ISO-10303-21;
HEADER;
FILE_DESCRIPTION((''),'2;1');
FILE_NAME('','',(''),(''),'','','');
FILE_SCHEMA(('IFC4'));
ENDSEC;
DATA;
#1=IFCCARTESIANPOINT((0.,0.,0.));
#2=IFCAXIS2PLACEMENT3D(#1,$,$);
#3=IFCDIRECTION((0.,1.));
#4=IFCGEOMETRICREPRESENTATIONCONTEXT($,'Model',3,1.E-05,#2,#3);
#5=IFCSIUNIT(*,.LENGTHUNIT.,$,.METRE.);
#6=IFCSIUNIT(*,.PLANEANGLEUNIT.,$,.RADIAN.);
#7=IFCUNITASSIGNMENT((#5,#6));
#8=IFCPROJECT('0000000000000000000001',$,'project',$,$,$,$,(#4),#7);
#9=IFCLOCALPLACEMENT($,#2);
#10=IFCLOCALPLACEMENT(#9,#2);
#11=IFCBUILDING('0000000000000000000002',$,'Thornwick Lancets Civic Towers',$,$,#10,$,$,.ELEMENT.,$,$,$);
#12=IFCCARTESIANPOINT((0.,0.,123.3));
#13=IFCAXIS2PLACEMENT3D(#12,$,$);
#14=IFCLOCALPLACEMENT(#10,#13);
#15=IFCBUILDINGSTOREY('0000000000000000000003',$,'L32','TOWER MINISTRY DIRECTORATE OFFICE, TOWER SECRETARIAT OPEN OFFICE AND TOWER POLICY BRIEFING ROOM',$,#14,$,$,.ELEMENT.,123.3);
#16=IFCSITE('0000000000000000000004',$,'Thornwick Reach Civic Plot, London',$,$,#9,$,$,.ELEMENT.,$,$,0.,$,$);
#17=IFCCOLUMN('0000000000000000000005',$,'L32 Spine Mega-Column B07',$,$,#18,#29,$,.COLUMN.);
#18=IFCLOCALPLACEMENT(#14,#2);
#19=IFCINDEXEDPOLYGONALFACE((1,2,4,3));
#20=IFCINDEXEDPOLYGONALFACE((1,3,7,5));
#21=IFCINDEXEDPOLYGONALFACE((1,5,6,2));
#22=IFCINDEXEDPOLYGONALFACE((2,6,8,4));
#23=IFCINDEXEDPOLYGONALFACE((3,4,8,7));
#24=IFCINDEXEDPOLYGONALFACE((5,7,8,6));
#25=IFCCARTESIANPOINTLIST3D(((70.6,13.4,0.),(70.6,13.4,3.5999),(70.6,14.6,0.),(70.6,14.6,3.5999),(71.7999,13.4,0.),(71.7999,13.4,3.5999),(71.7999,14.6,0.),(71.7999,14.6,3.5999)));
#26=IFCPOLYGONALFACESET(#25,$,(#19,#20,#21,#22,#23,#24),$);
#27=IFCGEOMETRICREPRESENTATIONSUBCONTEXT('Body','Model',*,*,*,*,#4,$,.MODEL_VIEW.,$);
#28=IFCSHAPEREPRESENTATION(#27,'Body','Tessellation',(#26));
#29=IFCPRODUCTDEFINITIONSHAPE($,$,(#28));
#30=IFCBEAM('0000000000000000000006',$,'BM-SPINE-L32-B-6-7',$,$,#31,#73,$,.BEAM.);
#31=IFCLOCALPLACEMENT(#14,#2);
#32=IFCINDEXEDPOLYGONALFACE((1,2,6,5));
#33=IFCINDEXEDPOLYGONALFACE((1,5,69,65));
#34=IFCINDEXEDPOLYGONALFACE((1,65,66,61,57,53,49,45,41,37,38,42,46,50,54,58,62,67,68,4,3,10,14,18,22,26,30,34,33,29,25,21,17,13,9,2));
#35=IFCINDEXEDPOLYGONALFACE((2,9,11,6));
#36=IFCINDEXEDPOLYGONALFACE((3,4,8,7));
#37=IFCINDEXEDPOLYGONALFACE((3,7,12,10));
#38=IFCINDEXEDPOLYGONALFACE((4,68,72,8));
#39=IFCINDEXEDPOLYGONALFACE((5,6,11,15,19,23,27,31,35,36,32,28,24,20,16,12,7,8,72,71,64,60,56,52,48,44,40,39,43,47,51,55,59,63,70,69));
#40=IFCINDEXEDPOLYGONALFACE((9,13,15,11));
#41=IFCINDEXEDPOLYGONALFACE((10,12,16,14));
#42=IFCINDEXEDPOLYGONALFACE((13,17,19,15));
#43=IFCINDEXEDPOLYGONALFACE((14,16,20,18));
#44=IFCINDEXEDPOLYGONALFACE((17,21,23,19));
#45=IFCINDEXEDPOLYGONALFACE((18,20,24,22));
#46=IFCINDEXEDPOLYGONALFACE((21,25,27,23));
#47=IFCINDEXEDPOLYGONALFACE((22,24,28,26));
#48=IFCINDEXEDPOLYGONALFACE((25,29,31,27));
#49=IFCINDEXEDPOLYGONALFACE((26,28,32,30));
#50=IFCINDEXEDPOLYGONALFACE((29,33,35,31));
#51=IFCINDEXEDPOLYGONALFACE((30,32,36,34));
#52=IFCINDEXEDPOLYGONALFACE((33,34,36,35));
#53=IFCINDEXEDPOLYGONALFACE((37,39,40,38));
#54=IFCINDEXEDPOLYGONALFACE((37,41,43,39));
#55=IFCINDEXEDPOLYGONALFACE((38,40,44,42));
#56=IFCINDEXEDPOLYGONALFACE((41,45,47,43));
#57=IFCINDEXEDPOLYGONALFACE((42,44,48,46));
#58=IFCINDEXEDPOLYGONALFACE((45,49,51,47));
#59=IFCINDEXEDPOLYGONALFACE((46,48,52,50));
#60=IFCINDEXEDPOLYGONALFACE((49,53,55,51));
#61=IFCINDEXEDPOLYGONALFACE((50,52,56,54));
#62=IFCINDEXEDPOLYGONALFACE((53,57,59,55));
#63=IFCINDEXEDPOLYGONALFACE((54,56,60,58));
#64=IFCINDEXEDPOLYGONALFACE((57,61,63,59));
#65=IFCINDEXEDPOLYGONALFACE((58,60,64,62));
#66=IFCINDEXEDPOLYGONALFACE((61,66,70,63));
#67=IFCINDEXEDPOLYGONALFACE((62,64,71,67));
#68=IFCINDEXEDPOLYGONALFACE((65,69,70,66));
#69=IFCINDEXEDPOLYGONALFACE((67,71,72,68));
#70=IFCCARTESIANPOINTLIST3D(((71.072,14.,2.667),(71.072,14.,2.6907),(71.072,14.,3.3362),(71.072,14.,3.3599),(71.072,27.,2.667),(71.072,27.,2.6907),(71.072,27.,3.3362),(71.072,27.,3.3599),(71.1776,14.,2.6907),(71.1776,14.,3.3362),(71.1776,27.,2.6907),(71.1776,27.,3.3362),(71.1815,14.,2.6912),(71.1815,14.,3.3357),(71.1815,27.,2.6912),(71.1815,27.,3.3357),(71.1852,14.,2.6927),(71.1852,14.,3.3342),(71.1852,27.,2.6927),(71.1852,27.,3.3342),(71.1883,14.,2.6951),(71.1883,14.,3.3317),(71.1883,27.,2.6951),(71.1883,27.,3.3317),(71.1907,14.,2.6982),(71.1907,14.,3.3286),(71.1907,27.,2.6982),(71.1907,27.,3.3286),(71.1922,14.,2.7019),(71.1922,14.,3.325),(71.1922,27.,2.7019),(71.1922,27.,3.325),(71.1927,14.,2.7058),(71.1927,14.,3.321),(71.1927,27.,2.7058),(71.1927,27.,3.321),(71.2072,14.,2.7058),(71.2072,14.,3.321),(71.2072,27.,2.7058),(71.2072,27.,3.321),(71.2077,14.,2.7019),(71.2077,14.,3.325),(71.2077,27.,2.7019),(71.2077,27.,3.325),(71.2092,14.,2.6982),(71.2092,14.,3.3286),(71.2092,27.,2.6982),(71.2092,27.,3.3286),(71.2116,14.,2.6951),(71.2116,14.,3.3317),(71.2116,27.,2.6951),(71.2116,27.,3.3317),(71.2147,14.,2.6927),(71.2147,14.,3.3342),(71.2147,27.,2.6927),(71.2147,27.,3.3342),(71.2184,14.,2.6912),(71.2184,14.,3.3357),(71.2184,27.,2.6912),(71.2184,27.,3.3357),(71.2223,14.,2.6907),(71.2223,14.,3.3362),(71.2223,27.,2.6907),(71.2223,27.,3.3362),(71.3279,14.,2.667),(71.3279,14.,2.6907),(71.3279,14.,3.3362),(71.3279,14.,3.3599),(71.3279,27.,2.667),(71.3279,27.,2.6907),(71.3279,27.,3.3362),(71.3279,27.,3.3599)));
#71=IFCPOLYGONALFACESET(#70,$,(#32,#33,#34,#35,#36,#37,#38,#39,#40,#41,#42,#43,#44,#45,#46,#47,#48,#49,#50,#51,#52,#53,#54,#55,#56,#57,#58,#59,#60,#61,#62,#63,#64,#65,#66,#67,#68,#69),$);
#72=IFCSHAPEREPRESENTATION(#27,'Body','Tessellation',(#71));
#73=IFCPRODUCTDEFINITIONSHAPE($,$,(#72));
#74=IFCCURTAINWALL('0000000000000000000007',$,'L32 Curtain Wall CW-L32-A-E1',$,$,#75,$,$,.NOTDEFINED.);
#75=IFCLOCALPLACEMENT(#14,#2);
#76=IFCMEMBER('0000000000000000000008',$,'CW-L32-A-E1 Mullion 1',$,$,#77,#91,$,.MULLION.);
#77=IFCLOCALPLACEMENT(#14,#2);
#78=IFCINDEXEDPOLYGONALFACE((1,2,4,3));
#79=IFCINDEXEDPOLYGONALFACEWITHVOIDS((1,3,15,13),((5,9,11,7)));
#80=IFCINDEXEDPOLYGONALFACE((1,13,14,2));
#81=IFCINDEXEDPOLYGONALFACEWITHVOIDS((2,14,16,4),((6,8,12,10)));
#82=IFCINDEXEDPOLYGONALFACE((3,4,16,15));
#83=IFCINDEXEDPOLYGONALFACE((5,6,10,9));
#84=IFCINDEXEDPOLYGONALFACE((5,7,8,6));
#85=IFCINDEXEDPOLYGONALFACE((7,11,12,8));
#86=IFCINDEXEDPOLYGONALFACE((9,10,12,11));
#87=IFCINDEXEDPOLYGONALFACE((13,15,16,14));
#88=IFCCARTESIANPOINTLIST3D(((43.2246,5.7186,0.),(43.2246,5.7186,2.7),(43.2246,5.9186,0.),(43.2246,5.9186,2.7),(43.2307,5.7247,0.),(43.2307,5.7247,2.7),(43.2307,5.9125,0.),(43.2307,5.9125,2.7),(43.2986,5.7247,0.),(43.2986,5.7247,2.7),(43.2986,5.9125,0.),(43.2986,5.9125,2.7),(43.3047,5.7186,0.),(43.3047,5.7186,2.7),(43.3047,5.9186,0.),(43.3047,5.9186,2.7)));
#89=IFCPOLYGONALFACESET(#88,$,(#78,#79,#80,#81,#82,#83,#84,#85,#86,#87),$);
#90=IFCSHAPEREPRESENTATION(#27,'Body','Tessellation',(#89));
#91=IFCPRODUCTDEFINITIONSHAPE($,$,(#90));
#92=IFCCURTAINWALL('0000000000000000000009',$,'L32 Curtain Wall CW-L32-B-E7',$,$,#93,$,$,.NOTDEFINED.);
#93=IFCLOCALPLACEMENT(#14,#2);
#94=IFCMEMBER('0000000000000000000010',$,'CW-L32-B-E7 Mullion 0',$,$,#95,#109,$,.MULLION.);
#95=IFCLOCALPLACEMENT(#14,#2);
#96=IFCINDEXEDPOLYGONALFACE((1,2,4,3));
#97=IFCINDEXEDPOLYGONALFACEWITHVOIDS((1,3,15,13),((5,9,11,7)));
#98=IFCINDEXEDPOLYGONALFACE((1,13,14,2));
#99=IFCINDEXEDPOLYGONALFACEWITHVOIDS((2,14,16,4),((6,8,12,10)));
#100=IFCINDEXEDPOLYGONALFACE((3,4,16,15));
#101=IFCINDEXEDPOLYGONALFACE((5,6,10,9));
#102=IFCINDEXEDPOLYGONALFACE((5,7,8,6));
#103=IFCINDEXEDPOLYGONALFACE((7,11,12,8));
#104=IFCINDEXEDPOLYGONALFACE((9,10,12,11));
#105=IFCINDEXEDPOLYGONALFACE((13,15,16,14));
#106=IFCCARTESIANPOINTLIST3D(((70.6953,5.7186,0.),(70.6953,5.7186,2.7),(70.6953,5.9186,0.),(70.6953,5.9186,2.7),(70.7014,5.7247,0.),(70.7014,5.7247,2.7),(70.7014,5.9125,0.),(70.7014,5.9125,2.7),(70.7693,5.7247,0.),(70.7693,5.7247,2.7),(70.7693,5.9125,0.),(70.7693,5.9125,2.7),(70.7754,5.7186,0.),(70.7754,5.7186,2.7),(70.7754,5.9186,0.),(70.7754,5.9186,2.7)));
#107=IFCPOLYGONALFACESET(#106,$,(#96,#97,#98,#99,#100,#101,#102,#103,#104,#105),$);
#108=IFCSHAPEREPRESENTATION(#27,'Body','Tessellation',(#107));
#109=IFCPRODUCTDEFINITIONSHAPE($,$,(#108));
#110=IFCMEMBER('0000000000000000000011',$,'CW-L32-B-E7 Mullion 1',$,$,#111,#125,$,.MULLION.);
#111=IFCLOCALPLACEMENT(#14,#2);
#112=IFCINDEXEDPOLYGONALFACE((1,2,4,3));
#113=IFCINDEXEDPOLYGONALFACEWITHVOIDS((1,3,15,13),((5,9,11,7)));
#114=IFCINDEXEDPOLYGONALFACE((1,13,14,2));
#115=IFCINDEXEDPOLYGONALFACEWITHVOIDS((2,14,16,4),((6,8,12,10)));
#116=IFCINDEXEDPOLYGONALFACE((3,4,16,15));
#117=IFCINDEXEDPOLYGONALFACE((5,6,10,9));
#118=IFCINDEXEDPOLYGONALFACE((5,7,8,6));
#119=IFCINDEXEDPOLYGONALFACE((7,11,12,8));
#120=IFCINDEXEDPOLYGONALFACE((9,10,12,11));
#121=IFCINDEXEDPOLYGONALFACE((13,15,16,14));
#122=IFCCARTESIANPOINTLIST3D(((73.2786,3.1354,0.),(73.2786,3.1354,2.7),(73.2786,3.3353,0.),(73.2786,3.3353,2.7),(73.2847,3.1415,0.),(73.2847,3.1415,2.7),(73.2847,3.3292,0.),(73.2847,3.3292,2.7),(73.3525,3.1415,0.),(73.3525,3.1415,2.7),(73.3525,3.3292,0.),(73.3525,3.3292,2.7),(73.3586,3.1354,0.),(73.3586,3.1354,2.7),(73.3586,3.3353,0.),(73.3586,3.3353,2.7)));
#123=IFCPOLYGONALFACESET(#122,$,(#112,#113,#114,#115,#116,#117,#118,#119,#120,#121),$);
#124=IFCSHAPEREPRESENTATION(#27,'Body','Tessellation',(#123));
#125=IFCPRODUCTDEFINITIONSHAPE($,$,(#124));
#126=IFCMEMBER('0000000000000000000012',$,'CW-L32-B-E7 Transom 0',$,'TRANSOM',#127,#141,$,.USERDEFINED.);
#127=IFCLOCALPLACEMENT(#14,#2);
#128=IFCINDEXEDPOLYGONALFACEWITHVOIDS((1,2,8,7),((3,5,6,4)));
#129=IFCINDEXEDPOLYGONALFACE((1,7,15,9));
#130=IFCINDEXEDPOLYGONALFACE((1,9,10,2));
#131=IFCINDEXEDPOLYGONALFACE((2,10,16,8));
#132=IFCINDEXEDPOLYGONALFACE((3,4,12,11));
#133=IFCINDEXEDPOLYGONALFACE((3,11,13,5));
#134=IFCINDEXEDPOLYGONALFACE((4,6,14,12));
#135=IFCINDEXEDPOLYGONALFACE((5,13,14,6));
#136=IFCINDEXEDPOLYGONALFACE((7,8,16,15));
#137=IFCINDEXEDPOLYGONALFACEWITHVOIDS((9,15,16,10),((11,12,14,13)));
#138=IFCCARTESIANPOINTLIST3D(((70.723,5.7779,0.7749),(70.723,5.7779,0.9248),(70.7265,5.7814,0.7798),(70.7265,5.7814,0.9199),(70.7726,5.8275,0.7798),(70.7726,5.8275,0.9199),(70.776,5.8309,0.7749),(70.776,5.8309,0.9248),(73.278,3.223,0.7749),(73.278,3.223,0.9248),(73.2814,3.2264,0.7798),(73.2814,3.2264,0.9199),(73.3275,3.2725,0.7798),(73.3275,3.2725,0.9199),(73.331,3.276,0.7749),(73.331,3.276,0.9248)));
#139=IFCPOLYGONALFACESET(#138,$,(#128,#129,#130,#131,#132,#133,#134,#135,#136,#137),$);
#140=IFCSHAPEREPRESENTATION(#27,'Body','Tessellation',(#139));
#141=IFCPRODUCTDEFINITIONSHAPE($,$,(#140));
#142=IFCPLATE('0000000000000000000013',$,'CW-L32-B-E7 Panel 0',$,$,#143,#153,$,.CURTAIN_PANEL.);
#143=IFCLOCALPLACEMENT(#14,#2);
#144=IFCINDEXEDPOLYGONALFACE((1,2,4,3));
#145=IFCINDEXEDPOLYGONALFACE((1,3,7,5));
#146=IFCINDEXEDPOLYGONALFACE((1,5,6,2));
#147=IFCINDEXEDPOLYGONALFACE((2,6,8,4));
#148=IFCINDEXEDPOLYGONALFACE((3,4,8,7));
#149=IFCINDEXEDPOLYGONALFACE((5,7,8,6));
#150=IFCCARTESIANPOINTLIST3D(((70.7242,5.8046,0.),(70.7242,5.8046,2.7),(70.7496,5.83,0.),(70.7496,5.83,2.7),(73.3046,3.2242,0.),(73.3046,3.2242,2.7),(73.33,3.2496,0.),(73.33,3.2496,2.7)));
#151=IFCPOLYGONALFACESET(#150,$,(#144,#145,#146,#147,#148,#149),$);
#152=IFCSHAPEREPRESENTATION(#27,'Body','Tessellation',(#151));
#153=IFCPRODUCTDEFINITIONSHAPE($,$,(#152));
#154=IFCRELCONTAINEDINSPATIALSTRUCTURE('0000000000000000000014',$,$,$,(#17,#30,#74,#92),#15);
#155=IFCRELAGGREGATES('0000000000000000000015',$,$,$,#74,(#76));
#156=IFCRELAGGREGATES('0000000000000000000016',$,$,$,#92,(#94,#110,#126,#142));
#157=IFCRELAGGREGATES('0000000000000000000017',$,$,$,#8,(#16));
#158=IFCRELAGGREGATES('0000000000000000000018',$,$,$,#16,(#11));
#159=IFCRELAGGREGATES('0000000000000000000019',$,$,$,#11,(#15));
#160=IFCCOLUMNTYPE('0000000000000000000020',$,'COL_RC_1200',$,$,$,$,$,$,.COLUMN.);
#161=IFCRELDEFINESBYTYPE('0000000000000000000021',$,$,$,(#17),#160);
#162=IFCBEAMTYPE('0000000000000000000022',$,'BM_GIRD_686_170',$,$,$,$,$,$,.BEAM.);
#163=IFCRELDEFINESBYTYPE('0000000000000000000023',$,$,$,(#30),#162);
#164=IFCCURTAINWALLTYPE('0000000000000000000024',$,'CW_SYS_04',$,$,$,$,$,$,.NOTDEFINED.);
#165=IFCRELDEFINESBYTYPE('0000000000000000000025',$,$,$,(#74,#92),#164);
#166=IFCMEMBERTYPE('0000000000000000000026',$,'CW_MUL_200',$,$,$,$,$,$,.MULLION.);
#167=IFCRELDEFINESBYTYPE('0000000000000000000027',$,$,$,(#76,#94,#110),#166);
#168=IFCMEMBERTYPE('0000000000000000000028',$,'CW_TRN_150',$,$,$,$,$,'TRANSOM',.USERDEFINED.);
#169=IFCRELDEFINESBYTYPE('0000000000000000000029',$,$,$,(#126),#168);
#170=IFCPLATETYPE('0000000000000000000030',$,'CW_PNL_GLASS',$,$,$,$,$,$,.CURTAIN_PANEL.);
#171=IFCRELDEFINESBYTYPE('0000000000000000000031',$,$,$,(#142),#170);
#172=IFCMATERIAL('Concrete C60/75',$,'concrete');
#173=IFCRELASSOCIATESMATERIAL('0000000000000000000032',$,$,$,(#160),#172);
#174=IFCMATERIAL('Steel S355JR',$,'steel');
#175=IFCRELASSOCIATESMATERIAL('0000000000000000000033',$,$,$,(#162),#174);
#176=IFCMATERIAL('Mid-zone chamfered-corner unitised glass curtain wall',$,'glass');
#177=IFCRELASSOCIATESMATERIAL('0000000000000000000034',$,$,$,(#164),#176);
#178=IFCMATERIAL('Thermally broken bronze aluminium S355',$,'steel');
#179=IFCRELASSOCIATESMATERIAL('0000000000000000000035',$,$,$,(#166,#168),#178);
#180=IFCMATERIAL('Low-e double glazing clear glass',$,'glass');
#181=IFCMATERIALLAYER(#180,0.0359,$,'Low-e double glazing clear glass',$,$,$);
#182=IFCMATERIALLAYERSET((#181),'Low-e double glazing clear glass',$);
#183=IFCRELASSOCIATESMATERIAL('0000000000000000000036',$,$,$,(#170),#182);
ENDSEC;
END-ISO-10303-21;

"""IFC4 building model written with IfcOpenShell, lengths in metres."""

from ifc_helpers import new_model, si_unit, direction, frame, origin, origin_2d, place, context, subcontext, project, spatial, rectangle, hollow_rectangle, i_section, extrude, material, layer, layer_set, material_profile, profile_set, type_object, element, aggregate, save


model = new_model("IFC4")

# Units and contexts
model_context = context("Model", 3, precision=1e-05, world=origin(), true_north=direction((0.0, 1.0)))
body_context = subcontext(model_context, "Body", "Model", "MODEL_VIEW")
ifc_project = project(units=[si_unit("LENGTHUNIT", "METRE"), si_unit("PLANEANGLEUNIT", "RADIAN")], contexts=[model_context])

# Site, building, storey
site_placement = place(None, origin())
site = spatial("IfcSite", under=ifc_project, at=site_placement, Name="Thornwick Reach Civic Plot, London", CompositionType="ELEMENT", RefElevation=0.0)
building_placement = place(site_placement, origin())
building = spatial("IfcBuilding", under=site, at=building_placement, Name="Thornwick Lancets Civic Towers", CompositionType="ELEMENT")
storey_placement = place(building_placement, frame((0.0, 0.0, 123.3)))
storey = spatial("IfcBuildingStorey", under=building, at=storey_placement, Name="L32", Description="TOWER MINISTRY DIRECTORATE OFFICE, TOWER SECRETARIAT OPEN OFFICE AND TOWER POLICY BRIEFING ROOM", CompositionType="ELEMENT", Elevation=123.3)

# Column
ifc_material_1 = material(Name="Concrete C60/75", Category="concrete")
ifc_material_profile_1 = material_profile(ifc_material_1, rectangle(XDim=1.2, YDim=1.2, at=origin_2d()), Name="RC 1200x1200")
ifc_profile_set_1 = profile_set([ifc_material_profile_1], Name="Concrete C60/75")
column_type = type_object("IfcColumnType", Name="COL_RC_1200", PredefinedType="COLUMN", material=ifc_profile_set_1)
column_placement = place(storey_placement, frame((71.2, 14.0, 0.0), z_axis=(0.0, 0.0, 1.0), x_axis=(1.0, 0.0, 0.0)))
element("IfcColumn", 1, at=column_placement, inside=storey, type_object=column_type, Name="L32 Spine Mega-Column B07", PredefinedType="COLUMN", context=body_context, shape_type="SweptSolid", body=[
    extrude(rectangle(XDim=1.2, YDim=1.2, at=origin_2d()), origin(), (0.0, 0.0, 1.0), 3.5999),
])

# Beam
ifc_material_2 = material(Name="Steel S355JR", Category="steel")
ifc_material_profile_2 = material_profile(ifc_material_2, i_section(OverallWidth=0.2559, OverallDepth=0.6929, WebThickness=0.0144, FlangeThickness=0.0237, FilletRadius=0.0151, at=origin_2d()), Name="UKB 686x254x170")
ifc_profile_set_2 = profile_set([ifc_material_profile_2], Name="Steel S355JR")
beam_type = type_object("IfcBeamType", Name="BM_GIRD_686_170", PredefinedType="BEAM", material=ifc_profile_set_2)
beam_placement = place(storey_placement, frame((71.2, 14.0, 3.0134), z_axis=(0.0, 1.0, 0.0), x_axis=(-1.0, 0.0, 0.0)))
element("IfcBeam", 2, at=beam_placement, inside=storey, type_object=beam_type, Name="BM-SPINE-L32-B-6-7", PredefinedType="BEAM", context=body_context, shape_type="SweptSolid", body=[
    extrude(i_section(OverallWidth=0.2559, OverallDepth=0.6929, WebThickness=0.0144, FlangeThickness=0.0237, FilletRadius=0.0151, at=origin_2d()), origin(), (0.0, 0.0, 1.0), 13.0),
])

# Curtain wall, member
ifc_material_3 = material(Name="Mid-zone chamfered-corner unitised glass curtain wall", Category="glass")
curtain_wall_type = type_object("IfcCurtainWallType", Name="CW_SYS_04", PredefinedType="NOTDEFINED", material=ifc_material_3)
curtain_wall_1_placement = place(storey_placement, origin())
curtain_wall_1 = element("IfcCurtainWall", 3, at=curtain_wall_1_placement, inside=storey, type_object=curtain_wall_type, Name="L32 Curtain Wall CW-L32-A-E1", PredefinedType="NOTDEFINED")
ifc_material_4 = material(Name="Thermally broken bronze aluminium S355", Category="steel")
ifc_material_profile_3 = material_profile(ifc_material_4, hollow_rectangle(XDim=0.0801, YDim=0.2, WallThickness=0.0061, at=origin_2d()), Name="RHS 200x80x6")
ifc_profile_set_3 = profile_set([ifc_material_profile_3], Name="Thermally broken bronze aluminium S355")
member_type_1 = type_object("IfcMemberType", Name="CW_MUL_200", PredefinedType="MULLION", material=ifc_profile_set_3)
member_1_placement = place(storey_placement, frame((43.2646, 5.8186, 0.0), z_axis=(0.0, 0.0, 1.0), x_axis=(1.0, 0.0, 0.0)))
member_1 = element("IfcMember", 4, at=member_1_placement, type_object=member_type_1, Name="CW-L32-A-E1 Mullion 1", PredefinedType="MULLION", context=body_context, shape_type="SweptSolid", body=[
    extrude(hollow_rectangle(XDim=0.0801, YDim=0.2, WallThickness=0.0061, at=origin_2d()), origin(), (0.0, 0.0, 1.0), 2.7),
])
aggregate(curtain_wall_1, [member_1])

# Curtain wall, members, plate
curtain_wall_2_placement = place(storey_placement, origin())
curtain_wall_2 = element("IfcCurtainWall", 5, at=curtain_wall_2_placement, inside=storey, type_object=curtain_wall_type, Name="L32 Curtain Wall CW-L32-B-E7", PredefinedType="NOTDEFINED")
member_2_placement = place(storey_placement, frame((70.7354, 5.8186, 0.0), z_axis=(0.0, 0.0, 1.0), x_axis=(1.0, 0.0, 0.0)))
member_2 = element("IfcMember", 6, at=member_2_placement, type_object=member_type_1, Name="CW-L32-B-E7 Mullion 0", PredefinedType="MULLION", context=body_context, shape_type="SweptSolid", body=[
    extrude(hollow_rectangle(XDim=0.0801, YDim=0.2, WallThickness=0.0061, at=origin_2d()), origin(), (0.0, 0.0, 1.0), 2.7),
])
member_3_placement = place(storey_placement, frame((73.3186, 3.2354, 0.0), z_axis=(0.0, 0.0, 1.0), x_axis=(1.0, 0.0, 0.0)))
member_3 = element("IfcMember", 7, at=member_3_placement, type_object=member_type_1, Name="CW-L32-B-E7 Mullion 1", PredefinedType="MULLION", context=body_context, shape_type="SweptSolid", body=[
    extrude(hollow_rectangle(XDim=0.0801, YDim=0.2, WallThickness=0.0061, at=origin_2d()), origin(), (0.0, 0.0, 1.0), 2.7),
])
ifc_material_profile_4 = material_profile(ifc_material_4, hollow_rectangle(XDim=0.075, YDim=0.1499, WallThickness=0.0049, at=origin_2d()), Name="RHS 150x75x5")
ifc_profile_set_4 = profile_set([ifc_material_profile_4], Name="Thermally broken bronze aluminium S355")
member_type_2 = type_object("IfcMemberType", Name="CW_TRN_150", ElementType="TRANSOM", PredefinedType="USERDEFINED", material=ifc_profile_set_4)
member_4_placement = place(storey_placement, frame((70.7495, 5.8044, 0.8499), z_axis=(0.707107, -0.707107, 0.0), x_axis=(0.707107, 0.707107, 0.0)))
member_4 = element("IfcMember", 8, at=member_4_placement, type_object=member_type_2, Name="CW-L32-B-E7 Transom 0", ObjectType="TRANSOM", PredefinedType="USERDEFINED", context=body_context, shape_type="SweptSolid", body=[
    extrude(hollow_rectangle(XDim=0.075, YDim=0.1499, WallThickness=0.0049, at=origin_2d()), origin(), (0.0, 0.0, 1.0), 3.6133),
])
ifc_material_5 = material(Name="Low-e double glazing clear glass", Category="glass")
ifc_layer_1 = layer(ifc_material_5, 0.0359, Name="Low-e double glazing clear glass")
ifc_layer_set_1 = layer_set([ifc_layer_1], Name="Low-e double glazing clear glass")
plate_type = type_object("IfcPlateType", Name="CW_PNL_GLASS", PredefinedType="CURTAIN_PANEL", material=ifc_layer_set_1)
plate_placement = place(storey_placement, frame((72.0271, 4.5271, 0.0), z_axis=(0.0, 0.0, 1.0), x_axis=(0.707107, -0.707107, 0.0)))
plate = element("IfcPlate", 9, at=plate_placement, type_object=plate_type, Name="CW-L32-B-E7 Panel 0", PredefinedType="CURTAIN_PANEL", context=body_context, shape_type="SweptSolid", body=[
    extrude(rectangle(XDim=3.6492, YDim=0.0359, at=origin_2d()), origin(), (0.0, 0.0, 1.0), 2.7),
])
aggregate(curtain_wall_2, [member_2, member_3, member_4, plate])

save(model, "model.ifc")
